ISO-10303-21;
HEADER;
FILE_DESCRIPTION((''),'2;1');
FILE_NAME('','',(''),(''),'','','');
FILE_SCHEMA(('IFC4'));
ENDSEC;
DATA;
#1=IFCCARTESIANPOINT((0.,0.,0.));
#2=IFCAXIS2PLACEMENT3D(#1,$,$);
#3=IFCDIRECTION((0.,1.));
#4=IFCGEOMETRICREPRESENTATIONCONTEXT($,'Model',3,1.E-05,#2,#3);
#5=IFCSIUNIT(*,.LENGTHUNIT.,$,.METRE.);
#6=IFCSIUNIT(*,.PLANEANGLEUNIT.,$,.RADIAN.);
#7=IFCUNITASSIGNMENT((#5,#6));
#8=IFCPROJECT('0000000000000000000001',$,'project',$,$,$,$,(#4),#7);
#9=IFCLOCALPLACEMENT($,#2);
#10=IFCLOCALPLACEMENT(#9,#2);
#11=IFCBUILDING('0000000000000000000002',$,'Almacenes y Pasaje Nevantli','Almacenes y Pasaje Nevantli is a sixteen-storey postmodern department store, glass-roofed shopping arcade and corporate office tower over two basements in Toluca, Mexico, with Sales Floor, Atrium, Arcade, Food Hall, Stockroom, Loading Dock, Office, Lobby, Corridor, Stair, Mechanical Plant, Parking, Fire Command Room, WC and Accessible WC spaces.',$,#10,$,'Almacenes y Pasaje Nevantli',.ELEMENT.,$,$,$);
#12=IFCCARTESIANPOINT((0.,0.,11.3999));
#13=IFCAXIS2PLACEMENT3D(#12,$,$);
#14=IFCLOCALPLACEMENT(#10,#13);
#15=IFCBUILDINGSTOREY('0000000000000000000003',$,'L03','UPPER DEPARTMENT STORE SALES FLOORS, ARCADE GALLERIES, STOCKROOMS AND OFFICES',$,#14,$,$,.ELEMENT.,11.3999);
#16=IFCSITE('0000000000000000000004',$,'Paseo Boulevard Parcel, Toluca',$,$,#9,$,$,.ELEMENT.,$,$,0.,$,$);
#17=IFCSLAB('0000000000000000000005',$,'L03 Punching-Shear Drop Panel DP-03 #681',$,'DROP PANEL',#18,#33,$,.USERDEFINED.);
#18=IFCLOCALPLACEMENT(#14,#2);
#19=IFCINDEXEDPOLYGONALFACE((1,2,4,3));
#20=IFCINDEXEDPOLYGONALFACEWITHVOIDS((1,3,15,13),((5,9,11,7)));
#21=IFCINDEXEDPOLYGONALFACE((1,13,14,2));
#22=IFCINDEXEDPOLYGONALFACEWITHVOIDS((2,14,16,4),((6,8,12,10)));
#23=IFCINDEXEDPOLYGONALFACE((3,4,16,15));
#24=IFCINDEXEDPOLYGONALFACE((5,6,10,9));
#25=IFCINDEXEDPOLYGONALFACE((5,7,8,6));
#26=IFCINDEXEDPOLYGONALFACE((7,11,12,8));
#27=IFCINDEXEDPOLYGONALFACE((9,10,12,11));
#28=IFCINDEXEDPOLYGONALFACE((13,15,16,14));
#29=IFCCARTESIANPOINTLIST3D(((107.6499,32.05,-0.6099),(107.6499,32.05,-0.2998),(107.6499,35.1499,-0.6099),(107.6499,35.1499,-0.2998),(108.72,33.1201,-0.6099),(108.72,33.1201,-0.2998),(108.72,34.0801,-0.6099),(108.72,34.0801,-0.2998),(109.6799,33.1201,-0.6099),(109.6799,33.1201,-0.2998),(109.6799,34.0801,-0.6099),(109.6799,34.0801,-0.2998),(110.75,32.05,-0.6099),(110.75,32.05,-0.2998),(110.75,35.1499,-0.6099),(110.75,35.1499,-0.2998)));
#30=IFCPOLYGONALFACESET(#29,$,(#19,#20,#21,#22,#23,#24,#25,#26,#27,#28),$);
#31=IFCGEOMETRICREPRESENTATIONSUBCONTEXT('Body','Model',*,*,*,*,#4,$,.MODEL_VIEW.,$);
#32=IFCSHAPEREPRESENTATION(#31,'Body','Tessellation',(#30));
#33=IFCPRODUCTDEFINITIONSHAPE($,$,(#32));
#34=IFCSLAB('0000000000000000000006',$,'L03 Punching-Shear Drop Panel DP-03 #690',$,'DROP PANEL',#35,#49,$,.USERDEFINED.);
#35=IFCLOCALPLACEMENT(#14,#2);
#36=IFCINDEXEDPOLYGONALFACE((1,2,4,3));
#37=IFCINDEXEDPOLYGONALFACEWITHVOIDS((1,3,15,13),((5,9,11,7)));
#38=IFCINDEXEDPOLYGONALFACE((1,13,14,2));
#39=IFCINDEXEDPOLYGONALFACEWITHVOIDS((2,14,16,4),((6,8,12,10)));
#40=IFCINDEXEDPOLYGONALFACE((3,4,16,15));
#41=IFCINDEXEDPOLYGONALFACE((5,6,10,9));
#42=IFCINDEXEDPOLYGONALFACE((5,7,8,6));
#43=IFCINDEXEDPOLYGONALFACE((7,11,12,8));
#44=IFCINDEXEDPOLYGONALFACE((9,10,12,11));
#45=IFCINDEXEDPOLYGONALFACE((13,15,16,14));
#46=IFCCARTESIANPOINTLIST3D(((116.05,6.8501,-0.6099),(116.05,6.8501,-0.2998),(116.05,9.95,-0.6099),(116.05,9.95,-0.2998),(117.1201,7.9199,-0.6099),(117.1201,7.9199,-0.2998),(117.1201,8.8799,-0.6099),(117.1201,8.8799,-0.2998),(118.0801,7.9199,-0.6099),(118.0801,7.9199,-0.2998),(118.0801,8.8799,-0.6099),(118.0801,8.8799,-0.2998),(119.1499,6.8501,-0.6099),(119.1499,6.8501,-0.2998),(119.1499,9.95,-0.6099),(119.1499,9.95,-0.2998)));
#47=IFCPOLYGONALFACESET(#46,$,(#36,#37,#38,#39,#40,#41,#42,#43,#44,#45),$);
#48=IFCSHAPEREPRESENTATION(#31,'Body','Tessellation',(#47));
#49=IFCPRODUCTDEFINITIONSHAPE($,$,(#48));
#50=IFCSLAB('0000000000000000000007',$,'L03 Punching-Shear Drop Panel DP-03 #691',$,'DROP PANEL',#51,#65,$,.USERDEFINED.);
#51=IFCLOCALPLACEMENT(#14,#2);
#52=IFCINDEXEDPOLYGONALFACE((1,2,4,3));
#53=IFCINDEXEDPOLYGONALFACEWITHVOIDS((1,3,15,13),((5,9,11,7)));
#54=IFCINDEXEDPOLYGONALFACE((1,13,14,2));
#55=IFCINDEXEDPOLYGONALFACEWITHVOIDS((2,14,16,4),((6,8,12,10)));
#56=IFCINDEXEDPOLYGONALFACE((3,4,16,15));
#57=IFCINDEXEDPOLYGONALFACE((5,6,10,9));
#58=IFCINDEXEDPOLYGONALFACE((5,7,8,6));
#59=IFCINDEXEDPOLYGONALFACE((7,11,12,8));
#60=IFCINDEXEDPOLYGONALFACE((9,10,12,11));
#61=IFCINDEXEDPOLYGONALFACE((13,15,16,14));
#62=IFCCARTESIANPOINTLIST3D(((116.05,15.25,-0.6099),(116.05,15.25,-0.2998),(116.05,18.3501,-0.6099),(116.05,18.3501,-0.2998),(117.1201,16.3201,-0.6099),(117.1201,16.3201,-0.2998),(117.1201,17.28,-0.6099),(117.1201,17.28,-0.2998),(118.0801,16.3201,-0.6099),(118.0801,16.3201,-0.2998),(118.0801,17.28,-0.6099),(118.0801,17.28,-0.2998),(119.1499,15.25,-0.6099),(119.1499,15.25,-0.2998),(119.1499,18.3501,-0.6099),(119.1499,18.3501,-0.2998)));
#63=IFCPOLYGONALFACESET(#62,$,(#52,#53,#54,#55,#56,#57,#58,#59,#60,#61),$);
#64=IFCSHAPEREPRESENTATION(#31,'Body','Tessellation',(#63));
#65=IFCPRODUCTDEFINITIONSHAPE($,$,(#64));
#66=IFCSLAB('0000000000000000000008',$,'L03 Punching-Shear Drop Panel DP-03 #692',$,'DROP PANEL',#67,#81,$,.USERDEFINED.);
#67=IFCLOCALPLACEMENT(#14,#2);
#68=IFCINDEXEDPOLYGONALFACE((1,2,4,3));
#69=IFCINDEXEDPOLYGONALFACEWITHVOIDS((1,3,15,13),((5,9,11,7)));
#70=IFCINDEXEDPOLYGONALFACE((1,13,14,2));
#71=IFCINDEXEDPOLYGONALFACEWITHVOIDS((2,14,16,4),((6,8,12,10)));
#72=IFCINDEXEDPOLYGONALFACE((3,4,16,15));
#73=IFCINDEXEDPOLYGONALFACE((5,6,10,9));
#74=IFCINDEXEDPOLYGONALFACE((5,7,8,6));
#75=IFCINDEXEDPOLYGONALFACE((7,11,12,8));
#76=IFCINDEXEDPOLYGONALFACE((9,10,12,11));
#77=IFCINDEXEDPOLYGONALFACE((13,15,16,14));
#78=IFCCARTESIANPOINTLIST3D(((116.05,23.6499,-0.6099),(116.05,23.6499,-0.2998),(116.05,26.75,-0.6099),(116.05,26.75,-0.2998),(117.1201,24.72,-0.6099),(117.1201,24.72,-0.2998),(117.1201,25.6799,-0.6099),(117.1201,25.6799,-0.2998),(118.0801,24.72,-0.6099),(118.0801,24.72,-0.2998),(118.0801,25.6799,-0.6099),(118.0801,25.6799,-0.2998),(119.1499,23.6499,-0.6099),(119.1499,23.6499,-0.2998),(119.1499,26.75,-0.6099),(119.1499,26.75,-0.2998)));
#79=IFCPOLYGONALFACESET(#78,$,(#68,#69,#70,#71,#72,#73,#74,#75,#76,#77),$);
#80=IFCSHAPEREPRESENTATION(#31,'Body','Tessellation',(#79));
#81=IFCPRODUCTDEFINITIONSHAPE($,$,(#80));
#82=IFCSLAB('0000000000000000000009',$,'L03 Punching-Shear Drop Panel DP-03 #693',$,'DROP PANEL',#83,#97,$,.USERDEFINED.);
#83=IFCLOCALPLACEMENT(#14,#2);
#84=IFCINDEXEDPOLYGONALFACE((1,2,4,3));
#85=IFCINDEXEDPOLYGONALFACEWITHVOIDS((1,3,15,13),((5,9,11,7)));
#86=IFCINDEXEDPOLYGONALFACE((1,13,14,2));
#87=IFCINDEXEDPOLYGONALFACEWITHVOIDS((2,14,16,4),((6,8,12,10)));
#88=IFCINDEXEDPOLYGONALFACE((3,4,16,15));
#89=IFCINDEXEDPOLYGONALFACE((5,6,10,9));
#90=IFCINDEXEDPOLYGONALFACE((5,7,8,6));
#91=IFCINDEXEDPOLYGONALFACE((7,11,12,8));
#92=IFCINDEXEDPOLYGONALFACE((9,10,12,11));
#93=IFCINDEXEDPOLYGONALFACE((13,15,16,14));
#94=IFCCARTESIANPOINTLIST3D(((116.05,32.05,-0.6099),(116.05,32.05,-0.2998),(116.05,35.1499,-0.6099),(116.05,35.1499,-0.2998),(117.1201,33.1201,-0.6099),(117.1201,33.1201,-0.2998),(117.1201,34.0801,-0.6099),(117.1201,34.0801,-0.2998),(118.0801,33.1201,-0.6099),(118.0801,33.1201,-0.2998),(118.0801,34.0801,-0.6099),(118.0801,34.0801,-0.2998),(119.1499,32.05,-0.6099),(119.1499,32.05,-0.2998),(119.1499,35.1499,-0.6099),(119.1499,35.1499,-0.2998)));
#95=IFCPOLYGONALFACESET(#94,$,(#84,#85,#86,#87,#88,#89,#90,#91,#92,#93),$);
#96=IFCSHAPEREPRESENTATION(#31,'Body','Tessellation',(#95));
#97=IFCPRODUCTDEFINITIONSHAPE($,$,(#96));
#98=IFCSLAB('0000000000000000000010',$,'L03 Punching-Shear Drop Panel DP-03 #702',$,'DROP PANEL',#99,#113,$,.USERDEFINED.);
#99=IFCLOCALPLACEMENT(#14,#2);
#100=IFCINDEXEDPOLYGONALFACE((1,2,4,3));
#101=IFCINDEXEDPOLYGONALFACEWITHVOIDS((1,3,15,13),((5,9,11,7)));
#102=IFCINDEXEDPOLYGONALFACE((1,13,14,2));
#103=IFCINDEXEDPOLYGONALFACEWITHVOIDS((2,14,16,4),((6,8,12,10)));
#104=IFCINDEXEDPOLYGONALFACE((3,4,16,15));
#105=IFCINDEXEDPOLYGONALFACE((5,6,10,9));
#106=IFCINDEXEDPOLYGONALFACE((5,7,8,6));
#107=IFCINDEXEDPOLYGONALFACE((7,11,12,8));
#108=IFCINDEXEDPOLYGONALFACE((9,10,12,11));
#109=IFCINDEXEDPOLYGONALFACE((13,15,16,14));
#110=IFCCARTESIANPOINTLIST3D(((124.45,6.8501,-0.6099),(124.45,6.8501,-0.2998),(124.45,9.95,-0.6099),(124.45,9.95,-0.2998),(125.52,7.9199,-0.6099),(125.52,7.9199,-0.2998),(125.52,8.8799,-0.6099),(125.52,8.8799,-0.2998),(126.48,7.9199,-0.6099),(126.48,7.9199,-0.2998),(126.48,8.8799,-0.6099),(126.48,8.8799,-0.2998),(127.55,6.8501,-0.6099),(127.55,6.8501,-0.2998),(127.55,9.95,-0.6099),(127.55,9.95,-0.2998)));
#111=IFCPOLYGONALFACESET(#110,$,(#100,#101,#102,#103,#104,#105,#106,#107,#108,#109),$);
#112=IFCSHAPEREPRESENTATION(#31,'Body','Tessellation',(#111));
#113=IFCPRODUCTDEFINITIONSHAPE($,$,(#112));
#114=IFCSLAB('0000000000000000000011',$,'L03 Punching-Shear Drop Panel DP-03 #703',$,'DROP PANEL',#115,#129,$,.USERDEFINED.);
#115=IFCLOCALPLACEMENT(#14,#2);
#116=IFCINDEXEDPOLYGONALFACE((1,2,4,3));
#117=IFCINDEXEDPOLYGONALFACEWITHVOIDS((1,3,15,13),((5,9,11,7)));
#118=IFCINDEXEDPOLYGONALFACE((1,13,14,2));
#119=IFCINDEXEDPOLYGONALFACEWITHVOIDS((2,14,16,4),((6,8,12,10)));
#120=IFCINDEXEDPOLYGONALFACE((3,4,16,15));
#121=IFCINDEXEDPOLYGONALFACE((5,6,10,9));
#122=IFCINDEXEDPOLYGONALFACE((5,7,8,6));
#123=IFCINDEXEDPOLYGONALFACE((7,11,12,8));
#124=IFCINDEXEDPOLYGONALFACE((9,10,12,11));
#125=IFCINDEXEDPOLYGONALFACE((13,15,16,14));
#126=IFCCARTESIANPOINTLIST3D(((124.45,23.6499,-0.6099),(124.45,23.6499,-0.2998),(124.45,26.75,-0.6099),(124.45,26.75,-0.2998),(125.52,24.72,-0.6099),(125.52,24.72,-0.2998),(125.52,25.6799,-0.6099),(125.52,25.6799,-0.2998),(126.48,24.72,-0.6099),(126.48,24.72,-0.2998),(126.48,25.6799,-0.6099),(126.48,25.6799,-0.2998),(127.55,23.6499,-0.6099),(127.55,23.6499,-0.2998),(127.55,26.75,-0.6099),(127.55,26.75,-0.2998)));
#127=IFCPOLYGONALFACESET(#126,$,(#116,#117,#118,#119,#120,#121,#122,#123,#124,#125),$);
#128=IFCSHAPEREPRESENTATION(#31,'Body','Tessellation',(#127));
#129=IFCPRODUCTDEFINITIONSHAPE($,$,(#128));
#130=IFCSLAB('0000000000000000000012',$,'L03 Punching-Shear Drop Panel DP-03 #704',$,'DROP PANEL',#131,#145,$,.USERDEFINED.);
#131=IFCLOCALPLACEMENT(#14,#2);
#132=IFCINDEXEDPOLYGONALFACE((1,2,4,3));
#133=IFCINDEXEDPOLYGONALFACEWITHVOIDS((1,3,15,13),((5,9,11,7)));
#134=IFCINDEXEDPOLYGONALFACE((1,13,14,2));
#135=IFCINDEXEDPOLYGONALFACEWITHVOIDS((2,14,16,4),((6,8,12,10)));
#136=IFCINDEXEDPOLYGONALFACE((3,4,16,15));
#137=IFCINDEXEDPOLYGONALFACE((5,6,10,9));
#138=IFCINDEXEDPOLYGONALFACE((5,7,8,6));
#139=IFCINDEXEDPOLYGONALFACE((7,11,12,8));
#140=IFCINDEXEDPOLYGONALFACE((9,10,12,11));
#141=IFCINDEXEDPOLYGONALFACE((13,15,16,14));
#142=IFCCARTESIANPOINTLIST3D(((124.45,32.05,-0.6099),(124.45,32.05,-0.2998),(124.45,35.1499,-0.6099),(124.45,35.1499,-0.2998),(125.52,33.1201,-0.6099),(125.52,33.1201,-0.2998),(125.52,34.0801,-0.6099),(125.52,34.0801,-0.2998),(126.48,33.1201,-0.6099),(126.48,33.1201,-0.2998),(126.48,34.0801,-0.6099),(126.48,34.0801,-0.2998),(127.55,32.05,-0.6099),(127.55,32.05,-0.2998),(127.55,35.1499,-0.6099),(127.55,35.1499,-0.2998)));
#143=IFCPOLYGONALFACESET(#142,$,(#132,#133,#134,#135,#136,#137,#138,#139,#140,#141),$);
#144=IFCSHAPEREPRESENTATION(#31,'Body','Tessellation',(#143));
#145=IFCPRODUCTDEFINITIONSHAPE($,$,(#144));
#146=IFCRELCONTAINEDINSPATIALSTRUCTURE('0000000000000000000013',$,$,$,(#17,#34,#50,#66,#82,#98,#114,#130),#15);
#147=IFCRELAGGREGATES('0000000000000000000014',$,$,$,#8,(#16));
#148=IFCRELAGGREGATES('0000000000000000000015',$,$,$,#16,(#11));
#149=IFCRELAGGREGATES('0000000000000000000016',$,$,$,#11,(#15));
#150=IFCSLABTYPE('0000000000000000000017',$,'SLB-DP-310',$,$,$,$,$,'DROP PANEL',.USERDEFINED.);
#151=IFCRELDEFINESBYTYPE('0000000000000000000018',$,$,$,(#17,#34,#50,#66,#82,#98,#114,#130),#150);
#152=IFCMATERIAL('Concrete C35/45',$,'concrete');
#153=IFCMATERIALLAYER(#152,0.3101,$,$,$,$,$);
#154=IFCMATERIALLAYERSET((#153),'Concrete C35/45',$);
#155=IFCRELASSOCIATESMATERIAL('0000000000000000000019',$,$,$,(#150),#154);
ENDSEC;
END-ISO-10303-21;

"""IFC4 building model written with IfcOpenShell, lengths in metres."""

from ifc_helpers import new_model, si_unit, direction, frame, origin, place, context, subcontext, project, spatial, polyline, outline, extrude, material, layer, layer_set, type_object, element, save


model = new_model("IFC4")

# Units and contexts
model_context = context("Model", 3, precision=1e-05, world=origin(), true_north=direction((0.0, 1.0)))
body_context = subcontext(model_context, "Body", "Model", "MODEL_VIEW")
ifc_project = project(units=[si_unit("LENGTHUNIT", "METRE"), si_unit("PLANEANGLEUNIT", "RADIAN")], contexts=[model_context])

# Site, building, storey
site_placement = place(None, origin())
site = spatial("IfcSite", under=ifc_project, at=site_placement, Name="Paseo Boulevard Parcel, Toluca", CompositionType="ELEMENT", RefElevation=0.0)
building_placement = place(site_placement, origin())
building = spatial("IfcBuilding", under=site, at=building_placement, Name="Almacenes y Pasaje Nevantli", Description="Almacenes y Pasaje Nevantli is a sixteen-storey postmodern department store, glass-roofed shopping arcade and corporate office tower over two basements in Toluca, Mexico, with Sales Floor, Atrium, Arcade, Food Hall, Stockroom, Loading Dock, Office, Lobby, Corridor, Stair, Mechanical Plant, Parking, Fire Command Room, WC and Accessible WC spaces.", LongName="Almacenes y Pasaje Nevantli", CompositionType="ELEMENT")
storey_placement = place(building_placement, frame((0.0, 0.0, 11.3999)))
storey = spatial("IfcBuildingStorey", under=building, at=storey_placement, Name="L03", Description="UPPER DEPARTMENT STORE SALES FLOORS, ARCADE GALLERIES, STOCKROOMS AND OFFICES", CompositionType="ELEMENT", Elevation=11.3999)

# Slabs
ifc_material_1 = material(Name="Concrete C35/45", Category="concrete")
ifc_layer_1 = layer(ifc_material_1, 0.3101)
ifc_layer_set_1 = layer_set([ifc_layer_1], Name="Concrete C35/45")
slab_type_1 = type_object("IfcSlabType", Name="SLB-DP-310", ElementType="DROP PANEL", PredefinedType="USERDEFINED", material=ifc_layer_set_1)
slab_1_placement = place(storey_placement, frame((0.0, 0.0, -0.6099)))
element("IfcSlab", 1, at=slab_1_placement, inside=storey, type_object=slab_type_1, Name="L03 Punching-Shear Drop Panel DP-03 #681", ObjectType="DROP PANEL", PredefinedType="USERDEFINED", context=body_context, shape_type="SweptSolid", body=[
    extrude(outline(polyline([(107.6499, 32.05), (110.75, 32.05), (110.75, 35.1499), (107.6499, 35.1499), (107.6499, 32.05)]), holes=[polyline([(108.72, 33.1201), (109.6799, 33.1201), (109.6799, 34.0801), (108.72, 34.0801), (108.72, 33.1201)])]), origin(), (0.0, 0.0, 1.0), 0.3101),
])
slab_2_placement = place(storey_placement, frame((0.0, 0.0, -0.6099)))
element("IfcSlab", 2, at=slab_2_placement, inside=storey, type_object=slab_type_1, Name="L03 Punching-Shear Drop Panel DP-03 #690", ObjectType="DROP PANEL", PredefinedType="USERDEFINED", context=body_context, shape_type="SweptSolid", body=[
    extrude(outline(polyline([(116.05, 6.8501), (119.1499, 6.8501), (119.1499, 9.95), (116.05, 9.95), (116.05, 6.8501)]), holes=[polyline([(117.1201, 7.9199), (118.0801, 7.9199), (118.0801, 8.8799), (117.1201, 8.8799), (117.1201, 7.9199)])]), origin(), (0.0, 0.0, 1.0), 0.3101),
])
slab_3_placement = place(storey_placement, frame((0.0, 0.0, -0.6099)))
element("IfcSlab", 3, at=slab_3_placement, inside=storey, type_object=slab_type_1, Name="L03 Punching-Shear Drop Panel DP-03 #691", ObjectType="DROP PANEL", PredefinedType="USERDEFINED", context=body_context, shape_type="SweptSolid", body=[
    extrude(outline(polyline([(116.05, 15.25), (119.1499, 15.25), (119.1499, 18.3501), (116.05, 18.3501), (116.05, 15.25)]), holes=[polyline([(117.1201, 16.3201), (118.0801, 16.3201), (118.0801, 17.28), (117.1201, 17.28), (117.1201, 16.3201)])]), origin(), (0.0, 0.0, 1.0), 0.3101),
])
slab_4_placement = place(storey_placement, frame((0.0, 0.0, -0.6099)))
element("IfcSlab", 4, at=slab_4_placement, inside=storey, type_object=slab_type_1, Name="L03 Punching-Shear Drop Panel DP-03 #692", ObjectType="DROP PANEL", PredefinedType="USERDEFINED", context=body_context, shape_type="SweptSolid", body=[
    extrude(outline(polyline([(116.05, 23.6499), (119.1499, 23.6499), (119.1499, 26.75), (116.05, 26.75), (116.05, 23.6499)]), holes=[polyline([(117.1201, 24.72), (118.0801, 24.72), (118.0801, 25.6799), (117.1201, 25.6799), (117.1201, 24.72)])]), origin(), (0.0, 0.0, 1.0), 0.3101),
])
slab_5_placement = place(storey_placement, frame((0.0, 0.0, -0.6099)))
element("IfcSlab", 5, at=slab_5_placement, inside=storey, type_object=slab_type_1, Name="L03 Punching-Shear Drop Panel DP-03 #693", ObjectType="DROP PANEL", PredefinedType="USERDEFINED", context=body_context, shape_type="SweptSolid", body=[
    extrude(outline(polyline([(116.05, 32.05), (119.1499, 32.05), (119.1499, 35.1499), (116.05, 35.1499), (116.05, 32.05)]), holes=[polyline([(117.1201, 33.1201), (118.0801, 33.1201), (118.0801, 34.0801), (117.1201, 34.0801), (117.1201, 33.1201)])]), origin(), (0.0, 0.0, 1.0), 0.3101),
])
slab_6_placement = place(storey_placement, frame((0.0, 0.0, -0.6099)))
element("IfcSlab", 6, at=slab_6_placement, inside=storey, type_object=slab_type_1, Name="L03 Punching-Shear Drop Panel DP-03 #702", ObjectType="DROP PANEL", PredefinedType="USERDEFINED", context=body_context, shape_type="SweptSolid", body=[
    extrude(outline(polyline([(124.45, 6.8501), (127.55, 6.8501), (127.55, 9.95), (124.45, 9.95), (124.45, 6.8501)]), holes=[polyline([(125.52, 7.9199), (126.48, 7.9199), (126.48, 8.8799), (125.52, 8.8799), (125.52, 7.9199)])]), origin(), (0.0, 0.0, 1.0), 0.3101),
])
slab_7_placement = place(storey_placement, frame((0.0, 0.0, -0.6099)))
element("IfcSlab", 7, at=slab_7_placement, inside=storey, type_object=slab_type_1, Name="L03 Punching-Shear Drop Panel DP-03 #703", ObjectType="DROP PANEL", PredefinedType="USERDEFINED", context=body_context, shape_type="SweptSolid", body=[
    extrude(outline(polyline([(124.45, 23.6499), (127.55, 23.6499), (127.55, 26.75), (124.45, 26.75), (124.45, 23.6499)]), holes=[polyline([(125.52, 24.72), (126.48, 24.72), (126.48, 25.6799), (125.52, 25.6799), (125.52, 24.72)])]), origin(), (0.0, 0.0, 1.0), 0.3101),
])
slab_8_placement = place(storey_placement, frame((0.0, 0.0, -0.6099)))
element("IfcSlab", 8, at=slab_8_placement, inside=storey, type_object=slab_type_1, Name="L03 Punching-Shear Drop Panel DP-03 #704", ObjectType="DROP PANEL", PredefinedType="USERDEFINED", context=body_context, shape_type="SweptSolid", body=[
    extrude(outline(polyline([(124.45, 32.05), (127.55, 32.05), (127.55, 35.1499), (124.45, 35.1499), (124.45, 32.05)]), holes=[polyline([(125.52, 33.1201), (126.48, 33.1201), (126.48, 34.0801), (125.52, 34.0801), (125.52, 33.1201)])]), origin(), (0.0, 0.0, 1.0), 0.3101),
])

save(model, "model.ifc")
